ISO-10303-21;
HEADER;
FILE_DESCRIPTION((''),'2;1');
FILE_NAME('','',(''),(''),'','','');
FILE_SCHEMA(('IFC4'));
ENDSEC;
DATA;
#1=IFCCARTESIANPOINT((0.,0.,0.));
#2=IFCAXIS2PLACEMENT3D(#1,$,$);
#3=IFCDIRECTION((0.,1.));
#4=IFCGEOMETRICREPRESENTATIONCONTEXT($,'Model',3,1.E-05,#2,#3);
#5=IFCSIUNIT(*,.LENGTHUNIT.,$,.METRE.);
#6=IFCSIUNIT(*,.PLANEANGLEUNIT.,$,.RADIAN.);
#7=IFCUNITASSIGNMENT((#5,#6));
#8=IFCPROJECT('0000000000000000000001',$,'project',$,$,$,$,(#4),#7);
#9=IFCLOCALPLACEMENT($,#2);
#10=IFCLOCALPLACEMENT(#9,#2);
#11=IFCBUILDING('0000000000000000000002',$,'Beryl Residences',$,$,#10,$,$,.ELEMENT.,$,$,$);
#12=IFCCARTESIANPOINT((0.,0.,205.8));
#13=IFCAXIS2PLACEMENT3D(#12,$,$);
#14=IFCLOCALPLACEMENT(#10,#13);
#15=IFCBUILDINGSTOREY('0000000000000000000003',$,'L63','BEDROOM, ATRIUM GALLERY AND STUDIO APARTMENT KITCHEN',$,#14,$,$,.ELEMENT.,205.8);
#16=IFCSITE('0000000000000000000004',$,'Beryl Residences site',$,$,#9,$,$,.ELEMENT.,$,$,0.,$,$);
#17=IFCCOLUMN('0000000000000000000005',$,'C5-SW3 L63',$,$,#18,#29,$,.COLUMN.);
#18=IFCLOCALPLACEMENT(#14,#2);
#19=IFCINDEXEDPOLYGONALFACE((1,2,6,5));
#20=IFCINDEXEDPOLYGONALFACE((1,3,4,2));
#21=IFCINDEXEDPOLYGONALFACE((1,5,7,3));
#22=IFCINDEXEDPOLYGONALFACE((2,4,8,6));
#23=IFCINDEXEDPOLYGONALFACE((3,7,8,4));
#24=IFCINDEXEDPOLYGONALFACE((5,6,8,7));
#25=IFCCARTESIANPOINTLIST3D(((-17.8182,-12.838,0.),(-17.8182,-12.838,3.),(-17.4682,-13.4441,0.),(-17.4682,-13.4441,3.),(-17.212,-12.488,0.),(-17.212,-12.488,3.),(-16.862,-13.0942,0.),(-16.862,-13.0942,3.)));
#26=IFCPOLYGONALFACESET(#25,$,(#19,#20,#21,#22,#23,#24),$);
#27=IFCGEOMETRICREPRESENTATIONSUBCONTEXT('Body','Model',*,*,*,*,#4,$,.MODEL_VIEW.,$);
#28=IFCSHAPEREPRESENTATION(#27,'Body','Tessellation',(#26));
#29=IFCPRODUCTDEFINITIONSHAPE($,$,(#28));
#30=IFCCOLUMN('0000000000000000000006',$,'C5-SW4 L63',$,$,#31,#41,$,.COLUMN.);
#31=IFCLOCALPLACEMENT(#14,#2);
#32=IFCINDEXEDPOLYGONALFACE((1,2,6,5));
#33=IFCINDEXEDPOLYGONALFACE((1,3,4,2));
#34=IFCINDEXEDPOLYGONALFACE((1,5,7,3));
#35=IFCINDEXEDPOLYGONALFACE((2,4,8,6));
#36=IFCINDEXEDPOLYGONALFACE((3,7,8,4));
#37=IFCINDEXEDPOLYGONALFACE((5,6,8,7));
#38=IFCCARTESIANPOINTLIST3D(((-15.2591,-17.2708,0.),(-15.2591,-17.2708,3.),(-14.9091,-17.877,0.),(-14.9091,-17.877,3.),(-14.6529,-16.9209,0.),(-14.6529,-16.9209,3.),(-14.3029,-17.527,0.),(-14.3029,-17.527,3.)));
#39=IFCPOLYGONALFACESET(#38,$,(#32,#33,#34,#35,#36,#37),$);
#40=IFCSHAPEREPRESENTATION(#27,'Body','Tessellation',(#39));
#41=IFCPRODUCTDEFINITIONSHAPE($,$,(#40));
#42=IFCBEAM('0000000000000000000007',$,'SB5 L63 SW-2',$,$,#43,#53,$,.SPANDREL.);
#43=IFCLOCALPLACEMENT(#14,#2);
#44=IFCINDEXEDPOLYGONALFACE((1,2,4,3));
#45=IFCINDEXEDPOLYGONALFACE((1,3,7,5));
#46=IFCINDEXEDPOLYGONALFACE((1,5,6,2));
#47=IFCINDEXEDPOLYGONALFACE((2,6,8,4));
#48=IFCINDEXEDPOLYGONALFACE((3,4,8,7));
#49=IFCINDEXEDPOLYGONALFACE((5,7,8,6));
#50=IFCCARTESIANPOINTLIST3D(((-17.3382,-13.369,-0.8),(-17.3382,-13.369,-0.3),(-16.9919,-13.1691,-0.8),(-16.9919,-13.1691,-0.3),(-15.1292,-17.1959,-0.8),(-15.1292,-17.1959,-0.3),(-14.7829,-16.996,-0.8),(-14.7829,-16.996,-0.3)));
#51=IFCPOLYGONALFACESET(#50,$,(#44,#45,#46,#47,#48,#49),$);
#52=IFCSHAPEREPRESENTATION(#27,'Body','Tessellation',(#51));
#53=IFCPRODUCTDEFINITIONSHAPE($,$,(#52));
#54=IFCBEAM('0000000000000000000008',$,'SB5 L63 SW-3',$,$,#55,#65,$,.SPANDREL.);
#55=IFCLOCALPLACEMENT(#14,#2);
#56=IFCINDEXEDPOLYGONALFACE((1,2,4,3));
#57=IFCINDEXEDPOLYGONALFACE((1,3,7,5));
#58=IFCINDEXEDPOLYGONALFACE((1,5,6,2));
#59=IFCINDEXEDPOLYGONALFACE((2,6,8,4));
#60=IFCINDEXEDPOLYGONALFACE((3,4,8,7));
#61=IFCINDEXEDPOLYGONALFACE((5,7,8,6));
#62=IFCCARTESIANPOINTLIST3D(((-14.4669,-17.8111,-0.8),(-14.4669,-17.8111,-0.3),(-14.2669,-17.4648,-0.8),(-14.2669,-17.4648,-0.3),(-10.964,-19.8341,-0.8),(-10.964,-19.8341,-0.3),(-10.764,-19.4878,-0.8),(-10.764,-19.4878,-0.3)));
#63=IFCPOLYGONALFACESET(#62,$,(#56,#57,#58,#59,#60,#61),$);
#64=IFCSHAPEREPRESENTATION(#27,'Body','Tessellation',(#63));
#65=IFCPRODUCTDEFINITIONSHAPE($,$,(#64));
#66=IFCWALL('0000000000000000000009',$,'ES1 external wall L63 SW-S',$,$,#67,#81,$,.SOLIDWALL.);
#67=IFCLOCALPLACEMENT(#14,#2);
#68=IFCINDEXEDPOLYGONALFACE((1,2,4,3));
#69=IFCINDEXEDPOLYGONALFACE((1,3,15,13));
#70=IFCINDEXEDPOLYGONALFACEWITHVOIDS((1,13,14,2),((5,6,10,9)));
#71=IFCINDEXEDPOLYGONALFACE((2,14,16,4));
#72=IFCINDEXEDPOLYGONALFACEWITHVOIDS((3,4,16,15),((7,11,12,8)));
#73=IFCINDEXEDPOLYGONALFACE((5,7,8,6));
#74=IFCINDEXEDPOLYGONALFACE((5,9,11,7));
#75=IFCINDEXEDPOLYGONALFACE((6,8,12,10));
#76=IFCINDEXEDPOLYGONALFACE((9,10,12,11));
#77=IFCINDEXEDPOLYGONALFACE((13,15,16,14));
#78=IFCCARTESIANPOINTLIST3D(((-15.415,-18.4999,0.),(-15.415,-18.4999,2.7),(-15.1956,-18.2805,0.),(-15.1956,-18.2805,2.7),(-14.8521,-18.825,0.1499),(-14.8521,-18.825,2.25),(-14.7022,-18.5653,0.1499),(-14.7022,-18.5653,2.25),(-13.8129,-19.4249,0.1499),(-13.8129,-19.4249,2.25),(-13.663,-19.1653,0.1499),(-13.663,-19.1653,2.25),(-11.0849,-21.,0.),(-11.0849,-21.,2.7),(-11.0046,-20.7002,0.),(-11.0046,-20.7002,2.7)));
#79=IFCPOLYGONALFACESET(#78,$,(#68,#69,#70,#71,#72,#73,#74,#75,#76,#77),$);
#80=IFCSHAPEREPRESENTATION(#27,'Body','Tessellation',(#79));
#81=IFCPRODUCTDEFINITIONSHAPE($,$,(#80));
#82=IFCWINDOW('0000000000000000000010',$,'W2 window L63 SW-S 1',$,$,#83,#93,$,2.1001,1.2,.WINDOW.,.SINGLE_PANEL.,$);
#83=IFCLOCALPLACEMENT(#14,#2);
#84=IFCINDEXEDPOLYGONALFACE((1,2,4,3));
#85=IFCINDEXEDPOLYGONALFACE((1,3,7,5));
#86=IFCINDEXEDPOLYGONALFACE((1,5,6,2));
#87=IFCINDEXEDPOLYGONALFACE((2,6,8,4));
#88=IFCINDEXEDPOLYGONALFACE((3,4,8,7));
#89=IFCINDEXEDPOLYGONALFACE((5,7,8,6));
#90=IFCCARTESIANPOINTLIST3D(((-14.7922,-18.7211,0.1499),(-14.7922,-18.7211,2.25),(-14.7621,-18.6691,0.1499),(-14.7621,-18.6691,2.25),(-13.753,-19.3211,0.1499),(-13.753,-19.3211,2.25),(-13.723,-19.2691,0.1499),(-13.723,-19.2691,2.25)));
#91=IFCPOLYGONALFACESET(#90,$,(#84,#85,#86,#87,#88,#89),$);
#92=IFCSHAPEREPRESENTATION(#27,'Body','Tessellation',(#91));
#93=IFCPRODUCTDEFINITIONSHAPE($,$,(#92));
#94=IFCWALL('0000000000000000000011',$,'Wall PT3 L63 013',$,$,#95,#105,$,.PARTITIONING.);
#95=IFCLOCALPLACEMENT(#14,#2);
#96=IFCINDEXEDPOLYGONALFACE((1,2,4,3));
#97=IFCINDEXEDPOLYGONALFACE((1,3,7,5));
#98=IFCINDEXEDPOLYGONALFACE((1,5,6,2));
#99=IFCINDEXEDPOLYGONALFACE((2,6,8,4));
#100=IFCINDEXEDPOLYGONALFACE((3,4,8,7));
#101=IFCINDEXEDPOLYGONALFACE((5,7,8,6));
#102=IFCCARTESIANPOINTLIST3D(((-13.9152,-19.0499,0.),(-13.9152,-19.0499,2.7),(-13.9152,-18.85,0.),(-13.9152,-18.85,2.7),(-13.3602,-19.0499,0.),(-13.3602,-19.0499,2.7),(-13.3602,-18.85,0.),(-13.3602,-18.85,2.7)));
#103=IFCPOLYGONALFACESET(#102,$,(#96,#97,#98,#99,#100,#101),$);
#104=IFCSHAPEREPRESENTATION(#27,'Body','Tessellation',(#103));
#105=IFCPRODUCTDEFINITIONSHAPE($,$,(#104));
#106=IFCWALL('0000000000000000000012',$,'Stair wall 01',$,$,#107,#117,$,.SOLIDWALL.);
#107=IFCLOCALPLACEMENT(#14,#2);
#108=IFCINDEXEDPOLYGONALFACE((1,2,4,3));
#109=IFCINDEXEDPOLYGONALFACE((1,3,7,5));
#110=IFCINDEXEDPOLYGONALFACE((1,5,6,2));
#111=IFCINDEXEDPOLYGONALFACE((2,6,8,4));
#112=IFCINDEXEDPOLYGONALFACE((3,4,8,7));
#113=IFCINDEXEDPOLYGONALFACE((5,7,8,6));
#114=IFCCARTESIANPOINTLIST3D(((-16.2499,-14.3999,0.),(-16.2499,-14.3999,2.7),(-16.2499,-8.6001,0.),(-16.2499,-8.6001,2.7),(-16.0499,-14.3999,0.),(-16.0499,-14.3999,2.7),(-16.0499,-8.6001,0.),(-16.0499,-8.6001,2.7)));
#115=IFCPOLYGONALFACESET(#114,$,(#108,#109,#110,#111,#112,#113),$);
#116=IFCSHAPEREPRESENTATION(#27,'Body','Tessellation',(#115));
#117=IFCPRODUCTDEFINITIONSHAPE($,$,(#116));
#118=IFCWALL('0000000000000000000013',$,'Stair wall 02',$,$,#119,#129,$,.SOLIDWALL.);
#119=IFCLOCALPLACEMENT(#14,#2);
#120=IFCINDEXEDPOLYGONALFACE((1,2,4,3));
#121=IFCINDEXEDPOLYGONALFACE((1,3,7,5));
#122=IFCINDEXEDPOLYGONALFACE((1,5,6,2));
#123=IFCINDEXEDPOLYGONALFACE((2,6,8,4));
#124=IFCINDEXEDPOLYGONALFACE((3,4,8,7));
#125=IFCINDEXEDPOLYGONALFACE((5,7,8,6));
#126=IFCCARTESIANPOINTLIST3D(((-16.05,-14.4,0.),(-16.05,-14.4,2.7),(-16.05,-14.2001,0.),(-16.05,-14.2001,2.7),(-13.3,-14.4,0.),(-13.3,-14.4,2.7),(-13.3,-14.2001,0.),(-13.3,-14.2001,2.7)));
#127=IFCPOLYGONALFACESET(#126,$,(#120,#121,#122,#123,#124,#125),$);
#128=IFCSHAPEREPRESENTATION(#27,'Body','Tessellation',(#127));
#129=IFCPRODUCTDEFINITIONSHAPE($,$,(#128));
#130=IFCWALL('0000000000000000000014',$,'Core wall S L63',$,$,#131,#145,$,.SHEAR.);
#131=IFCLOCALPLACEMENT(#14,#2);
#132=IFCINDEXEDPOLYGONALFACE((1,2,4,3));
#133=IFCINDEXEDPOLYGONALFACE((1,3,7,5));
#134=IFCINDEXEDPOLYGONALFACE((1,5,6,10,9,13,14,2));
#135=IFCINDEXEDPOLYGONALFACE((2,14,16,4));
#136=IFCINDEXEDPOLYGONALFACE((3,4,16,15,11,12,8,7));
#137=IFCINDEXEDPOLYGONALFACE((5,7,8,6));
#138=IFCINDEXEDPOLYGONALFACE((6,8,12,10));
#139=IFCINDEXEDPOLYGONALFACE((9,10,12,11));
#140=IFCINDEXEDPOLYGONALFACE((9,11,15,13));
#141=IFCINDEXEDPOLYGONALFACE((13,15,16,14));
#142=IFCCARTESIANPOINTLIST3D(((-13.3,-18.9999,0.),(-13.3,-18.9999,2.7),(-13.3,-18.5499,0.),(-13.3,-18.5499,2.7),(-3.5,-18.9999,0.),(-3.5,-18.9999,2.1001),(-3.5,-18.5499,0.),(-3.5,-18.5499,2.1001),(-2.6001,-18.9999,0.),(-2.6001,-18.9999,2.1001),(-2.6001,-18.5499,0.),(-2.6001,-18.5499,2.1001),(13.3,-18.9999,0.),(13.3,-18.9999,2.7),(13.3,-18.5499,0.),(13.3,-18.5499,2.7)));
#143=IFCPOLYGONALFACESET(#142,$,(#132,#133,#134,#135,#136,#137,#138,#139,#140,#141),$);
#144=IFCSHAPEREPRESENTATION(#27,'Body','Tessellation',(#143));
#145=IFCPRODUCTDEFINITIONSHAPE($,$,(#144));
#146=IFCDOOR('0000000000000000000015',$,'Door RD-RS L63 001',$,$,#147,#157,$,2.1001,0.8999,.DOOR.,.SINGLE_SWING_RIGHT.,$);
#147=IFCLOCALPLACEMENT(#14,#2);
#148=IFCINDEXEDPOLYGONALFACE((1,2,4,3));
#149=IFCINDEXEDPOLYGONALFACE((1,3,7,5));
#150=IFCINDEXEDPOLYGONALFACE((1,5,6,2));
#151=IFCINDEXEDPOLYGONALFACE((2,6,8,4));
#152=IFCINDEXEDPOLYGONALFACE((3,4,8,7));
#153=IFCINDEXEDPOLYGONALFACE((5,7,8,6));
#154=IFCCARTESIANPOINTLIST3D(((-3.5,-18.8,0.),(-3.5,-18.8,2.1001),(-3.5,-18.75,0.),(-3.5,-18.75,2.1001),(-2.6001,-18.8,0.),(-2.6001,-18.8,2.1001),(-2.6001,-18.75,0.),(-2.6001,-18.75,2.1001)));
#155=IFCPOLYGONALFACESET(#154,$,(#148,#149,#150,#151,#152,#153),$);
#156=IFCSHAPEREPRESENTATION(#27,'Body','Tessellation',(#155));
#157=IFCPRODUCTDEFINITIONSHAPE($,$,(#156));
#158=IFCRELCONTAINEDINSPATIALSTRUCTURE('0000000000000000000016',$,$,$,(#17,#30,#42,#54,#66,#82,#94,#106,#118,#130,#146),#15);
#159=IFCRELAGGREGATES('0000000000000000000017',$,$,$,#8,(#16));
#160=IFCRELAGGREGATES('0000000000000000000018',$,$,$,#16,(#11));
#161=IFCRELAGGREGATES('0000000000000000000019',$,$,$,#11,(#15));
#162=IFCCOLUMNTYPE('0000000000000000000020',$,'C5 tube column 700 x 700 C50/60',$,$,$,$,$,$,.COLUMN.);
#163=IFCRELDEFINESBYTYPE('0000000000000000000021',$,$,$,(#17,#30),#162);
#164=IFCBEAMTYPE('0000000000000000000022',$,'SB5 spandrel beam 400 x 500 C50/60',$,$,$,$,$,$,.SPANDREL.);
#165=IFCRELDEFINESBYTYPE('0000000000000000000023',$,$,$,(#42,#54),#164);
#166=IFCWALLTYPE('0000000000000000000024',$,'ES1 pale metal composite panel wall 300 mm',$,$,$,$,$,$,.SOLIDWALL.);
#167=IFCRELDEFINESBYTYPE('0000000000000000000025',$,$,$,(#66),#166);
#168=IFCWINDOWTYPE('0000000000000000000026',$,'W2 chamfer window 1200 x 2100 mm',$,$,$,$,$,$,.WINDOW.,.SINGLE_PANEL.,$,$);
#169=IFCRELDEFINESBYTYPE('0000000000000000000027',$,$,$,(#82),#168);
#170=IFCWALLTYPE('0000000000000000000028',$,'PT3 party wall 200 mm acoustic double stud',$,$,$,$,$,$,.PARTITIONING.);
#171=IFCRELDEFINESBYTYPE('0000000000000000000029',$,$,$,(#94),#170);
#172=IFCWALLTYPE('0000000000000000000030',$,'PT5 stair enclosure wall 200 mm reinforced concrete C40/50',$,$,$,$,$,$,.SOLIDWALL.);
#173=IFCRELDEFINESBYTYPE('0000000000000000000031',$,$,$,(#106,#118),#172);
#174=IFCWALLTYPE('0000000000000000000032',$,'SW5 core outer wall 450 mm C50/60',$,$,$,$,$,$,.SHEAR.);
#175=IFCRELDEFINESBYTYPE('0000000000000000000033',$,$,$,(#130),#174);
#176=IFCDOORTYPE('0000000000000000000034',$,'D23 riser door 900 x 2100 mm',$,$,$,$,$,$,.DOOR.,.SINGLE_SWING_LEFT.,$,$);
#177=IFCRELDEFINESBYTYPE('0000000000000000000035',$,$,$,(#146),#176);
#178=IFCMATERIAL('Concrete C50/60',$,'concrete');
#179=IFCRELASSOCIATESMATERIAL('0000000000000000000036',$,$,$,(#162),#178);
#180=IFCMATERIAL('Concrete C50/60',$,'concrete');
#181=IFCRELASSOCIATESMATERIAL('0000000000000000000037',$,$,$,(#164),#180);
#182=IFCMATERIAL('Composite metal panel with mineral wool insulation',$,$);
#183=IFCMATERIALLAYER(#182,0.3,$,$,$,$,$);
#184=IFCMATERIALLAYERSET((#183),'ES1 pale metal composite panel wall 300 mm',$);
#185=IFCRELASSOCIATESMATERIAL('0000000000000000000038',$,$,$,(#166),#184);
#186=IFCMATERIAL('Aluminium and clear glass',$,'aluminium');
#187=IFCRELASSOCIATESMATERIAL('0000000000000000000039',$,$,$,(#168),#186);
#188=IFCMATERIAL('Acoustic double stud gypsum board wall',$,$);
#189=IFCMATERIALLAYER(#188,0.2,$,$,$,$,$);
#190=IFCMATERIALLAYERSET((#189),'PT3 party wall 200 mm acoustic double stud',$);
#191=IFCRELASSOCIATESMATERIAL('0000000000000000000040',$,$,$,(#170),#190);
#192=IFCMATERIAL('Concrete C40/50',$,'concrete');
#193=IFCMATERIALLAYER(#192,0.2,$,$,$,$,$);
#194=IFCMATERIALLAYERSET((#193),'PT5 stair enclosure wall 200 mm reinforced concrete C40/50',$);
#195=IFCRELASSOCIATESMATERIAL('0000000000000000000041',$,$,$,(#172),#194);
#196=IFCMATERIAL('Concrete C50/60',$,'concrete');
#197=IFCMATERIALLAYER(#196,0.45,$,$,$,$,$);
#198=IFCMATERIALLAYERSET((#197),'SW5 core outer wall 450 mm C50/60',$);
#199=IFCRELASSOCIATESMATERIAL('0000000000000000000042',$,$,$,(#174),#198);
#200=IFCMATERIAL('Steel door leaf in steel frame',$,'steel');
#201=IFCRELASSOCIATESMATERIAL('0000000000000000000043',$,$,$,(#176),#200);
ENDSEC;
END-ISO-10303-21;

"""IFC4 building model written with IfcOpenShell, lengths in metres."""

from ifc_helpers import new_model, si_unit, direction, frame, frame_2d, origin, origin_2d, place, context, subcontext, project, spatial, polyline, rectangle, outline, extrude, material, layer, layer_set, material_profile, profile_set, type_object, element, fill, save


model = new_model("IFC4")

# Units and contexts
model_context = context("Model", 3, precision=1e-05, world=origin(), true_north=direction((0.0, 1.0)))
body_context = subcontext(model_context, "Body", "Model", "MODEL_VIEW")
ifc_project = project(units=[si_unit("LENGTHUNIT", "METRE"), si_unit("PLANEANGLEUNIT", "RADIAN")], contexts=[model_context])

# Site, building, storey
site_placement = place(None, origin())
site = spatial("IfcSite", under=ifc_project, at=site_placement, Name="Beryl Residences site", CompositionType="ELEMENT", RefElevation=0.0)
building_placement = place(site_placement, origin())
building = spatial("IfcBuilding", under=site, at=building_placement, Name="Beryl Residences", CompositionType="ELEMENT")
storey_placement = place(building_placement, frame((0.0, 0.0, 205.8)))
storey = spatial("IfcBuildingStorey", under=building, at=storey_placement, Name="L63", Description="BEDROOM, ATRIUM GALLERY AND STUDIO APARTMENT KITCHEN", CompositionType="ELEMENT", Elevation=205.8)

# Columns
ifc_material_1 = material(Name="Concrete C50/60", Category="concrete")
ifc_material_profile_1 = material_profile(ifc_material_1, rectangle(XDim=0.7, YDim=0.7, at=origin_2d()))
ifc_profile_set_1 = profile_set([ifc_material_profile_1], Name="Concrete C50/60")
column_type = type_object("IfcColumnType", Name="C5 tube column 700 x 700 C50/60", PredefinedType="COLUMN", material=ifc_profile_set_1)
for number, where, z_axis, x_axis, name in (
    (1, (-17.3401, -12.9661, 0.0), (0.0, 0.0, 1.0), (0.499985, -0.866034, 0.0), "C5-SW3 L63"),
    (2, (-14.781, -17.3989, 0.0), (0.0, 0.0, 1.0), (0.499985, -0.866034, 0.0), "C5-SW4 L63"),
):
    element("IfcColumn", number, at=place(storey_placement, frame(where, z_axis=z_axis, x_axis=x_axis)), inside=storey, type_object=column_type, Name=name, PredefinedType="COLUMN", context=body_context, shape_type="SweptSolid", body=[
        extrude(rectangle(XDim=0.7, YDim=0.7, at=origin_2d()), origin(), (0.0, 0.0, 1.0), 3.0),
    ])

# Beams
ifc_material_2 = material(Name="Concrete C50/60", Category="concrete")
ifc_material_profile_2 = material_profile(ifc_material_2, rectangle(XDim=0.3999, YDim=0.5, at=origin_2d()))
ifc_profile_set_2 = profile_set([ifc_material_profile_2], Name="Concrete C50/60")
beam_type = type_object("IfcBeamType", Name="SB5 spandrel beam 400 x 500 C50/60", PredefinedType="SPANDREL", material=ifc_profile_set_2)
beam_1_placement = place(storey_placement, frame((-17.165, -13.269, -0.55), z_axis=(0.499919, -0.866072, 0.0), x_axis=(0.866072, 0.499919, 0.0)))
element("IfcBeam", 3, at=beam_1_placement, inside=storey, type_object=beam_type, Name="SB5 L63 SW-2", PredefinedType="SPANDREL", context=body_context, shape_type="SweptSolid", body=[
    extrude(rectangle(XDim=0.3999, YDim=0.5, at=origin_2d()), origin(), (0.0, 0.0, 1.0), 4.4187),
])
beam_2_placement = place(storey_placement, frame((-14.3669, -17.6379, -0.55), z_axis=(0.865968, -0.500099, 0.0), x_axis=(0.500099, 0.865968, 0.0)))
element("IfcBeam", 4, at=beam_2_placement, inside=storey, type_object=beam_type, Name="SB5 L63 SW-3", PredefinedType="SPANDREL", context=body_context, shape_type="SweptSolid", body=[
    extrude(rectangle(XDim=0.3999, YDim=0.5, at=origin_2d()), origin(), (0.0, 0.0, 1.0), 4.0452),
])

# Wall, opening, window
ifc_material_3 = material(Name="Composite metal panel with mineral wool insulation")
ifc_layer_1 = layer(ifc_material_3, 0.3)
ifc_layer_set_1 = layer_set([ifc_layer_1], Name="ES1 pale metal composite panel wall 300 mm")
wall_type_1 = type_object("IfcWallType", Name="ES1 pale metal composite panel wall 300 mm", PredefinedType="SOLIDWALL", material=ifc_layer_set_1)
wall_1_placement = place(storey_placement, frame((-15.3401, -18.3701, 0.0), z_axis=(0.0, 0.0, 1.0), x_axis=(0.866023, -0.500004, 0.0)))
wall_1 = element("IfcWall", 5, at=wall_1_placement, inside=storey, type_object=wall_type_1, Name="ES1 external wall L63 SW-S", PredefinedType="SOLIDWALL", context=body_context, shape_type="SweptSolid", body=[
    extrude(outline(polyline([(0.0, -0.1499), (5.0, -0.1499), (4.9197, 0.1499), (0.0803, 0.1499), (0.0, -0.1499)])), origin(), (0.0, 0.0, 1.0), 2.7),
])
opening_1_placement = place(wall_1_placement, frame((0.6499, 0.0, 0.1499)))
opening_1 = element("IfcOpeningElement", 6, at=opening_1_placement, cuts=wall_1, PredefinedType="OPENING", context=body_context, shape_type="SweptSolid", body=[
    extrude(rectangle(XDim=1.2, YDim=2.1001, at=frame_2d((0.6001, 1.05))), frame((0.0, 0.1599, 0.0), z_axis=(0.0, -1.0, 0.0), x_axis=(1.0, 0.0, 0.0)), (0.0, 0.0, 1.0), 0.3201),
])
ifc_material_4 = material(Name="Aluminium and clear glass", Category="aluminium")
window_type = type_object("IfcWindowType", Name="W2 chamfer window 1200 x 2100 mm", PartitioningType="SINGLE_PANEL", PredefinedType="WINDOW", material=ifc_material_4)
window_placement = place(opening_1_placement, origin())
window = element("IfcWindow", 7, at=window_placement, inside=storey, type_object=window_type, Name="W2 window L63 SW-S 1", OverallHeight=2.1001, OverallWidth=1.2, PartitioningType="SINGLE_PANEL", PredefinedType="WINDOW", context=body_context, shape_type="SweptSolid", body=[
    extrude(rectangle(XDim=1.2, YDim=2.1001, at=frame_2d((0.6001, 1.05))), frame((0.0, 0.03, 0.0), z_axis=(0.0, -1.0, 0.0), x_axis=(1.0, 0.0, 0.0)), (0.0, 0.0, 1.0), 0.0601),
])
fill(opening_1, window)

# Walls
ifc_material_5 = material(Name="Acoustic double stud gypsum board wall")
ifc_layer_2 = layer(ifc_material_5, 0.2)
ifc_layer_set_2 = layer_set([ifc_layer_2], Name="PT3 party wall 200 mm acoustic double stud")
wall_type_2 = type_object("IfcWallType", Name="PT3 party wall 200 mm acoustic double stud", PredefinedType="PARTITIONING", material=ifc_layer_set_2)
wall_2_placement = place(storey_placement, frame((-13.915, -18.95, 0.0), z_axis=(0.0, 0.0, 1.0), x_axis=(1.0, 0.0, 0.0)))
element("IfcWall", 8, at=wall_2_placement, inside=storey, type_object=wall_type_2, Name="Wall PT3 L63 013", PredefinedType="PARTITIONING", context=body_context, shape_type="SweptSolid", body=[
    extrude(rectangle(XDim=0.5549, YDim=0.2, at=frame_2d((0.2773, 0.0))), origin(), (0.0, 0.0, 1.0), 2.7),
])
ifc_material_6 = material(Name="Concrete C40/50", Category="concrete")
ifc_layer_3 = layer(ifc_material_6, 0.2)
ifc_layer_set_3 = layer_set([ifc_layer_3], Name="PT5 stair enclosure wall 200 mm reinforced concrete C40/50")
wall_type_3 = type_object("IfcWallType", Name="PT5 stair enclosure wall 200 mm reinforced concrete C40/50", PredefinedType="SOLIDWALL", material=ifc_layer_set_3)
wall_3_placement = place(storey_placement, frame((-16.1499, -14.3999, 0.0), z_axis=(0.0, 0.0, 1.0), x_axis=(0.0, 1.0, 0.0)))
element("IfcWall", 9, at=wall_3_placement, inside=storey, type_object=wall_type_3, Name="Stair wall 01", PredefinedType="SOLIDWALL", context=body_context, shape_type="SweptSolid", body=[
    extrude(rectangle(XDim=5.7998, YDim=0.2, at=frame_2d((2.8999, 0.0))), origin(), (0.0, 0.0, 1.0), 2.7),
])
wall_4_placement = place(storey_placement, frame((-16.05, -14.3, 0.0), z_axis=(0.0, 0.0, 1.0), x_axis=(1.0, 0.0, 0.0)))
element("IfcWall", 10, at=wall_4_placement, inside=storey, type_object=wall_type_3, Name="Stair wall 02", PredefinedType="SOLIDWALL", context=body_context, shape_type="SweptSolid", body=[
    extrude(rectangle(XDim=2.75, YDim=0.2, at=frame_2d((1.375, 0.0))), origin(), (0.0, 0.0, 1.0), 2.7),
])

# Wall, opening, door
ifc_material_7 = material(Name="Concrete C50/60", Category="concrete")
ifc_layer_4 = layer(ifc_material_7, 0.45)
ifc_layer_set_4 = layer_set([ifc_layer_4], Name="SW5 core outer wall 450 mm C50/60")
wall_type_4 = type_object("IfcWallType", Name="SW5 core outer wall 450 mm C50/60", PredefinedType="SHEAR", material=ifc_layer_set_4)
wall_5_placement = place(storey_placement, frame((-13.3, -18.7749, 0.0), z_axis=(0.0, 0.0, 1.0), x_axis=(1.0, 0.0, 0.0)))
wall_5 = element("IfcWall", 11, at=wall_5_placement, inside=storey, type_object=wall_type_4, Name="Core wall S L63", PredefinedType="SHEAR", context=body_context, shape_type="SweptSolid", body=[
    extrude(rectangle(XDim=26.6001, YDim=0.45, at=frame_2d((13.3, 0.0))), origin(), (0.0, 0.0, 1.0), 2.7),
])
opening_2_placement = place(wall_5_placement, frame((9.8, 0.0, 0.0)))
opening_2 = element("IfcOpeningElement", 12, at=opening_2_placement, cuts=wall_5, PredefinedType="OPENING", context=body_context, shape_type="SweptSolid", body=[
    extrude(rectangle(XDim=0.8999, YDim=2.1001, at=frame_2d((0.45, 1.05))), frame((0.0, 0.2349, 0.0), z_axis=(0.0, -1.0, 0.0), x_axis=(1.0, 0.0, 0.0)), (0.0, 0.0, 1.0), 0.47),
])
ifc_material_8 = material(Name="Steel door leaf in steel frame", Category="steel")
door_type_1 = type_object("IfcDoorType", Name="D23 riser door 900 x 2100 mm", OperationType="SINGLE_SWING_LEFT", PredefinedType="DOOR", material=ifc_material_8)
door_1_placement = place(opening_2_placement, origin())
door_1 = element("IfcDoor", 13, at=door_1_placement, inside=storey, type_object=door_type_1, Name="Door RD-RS L63 001", OperationType="SINGLE_SWING_RIGHT", OverallHeight=2.1001, OverallWidth=0.8999, PredefinedType="DOOR", context=body_context, shape_type="SweptSolid", body=[
    extrude(rectangle(XDim=0.8999, YDim=2.1001, at=frame_2d((0.45, 1.05))), frame((0.0, 0.0249, 0.0), z_axis=(0.0, -1.0, 0.0), x_axis=(1.0, 0.0, 0.0)), (0.0, 0.0, 1.0), 0.05),
])
fill(opening_2, door_1)

save(model, "model.ifc")
